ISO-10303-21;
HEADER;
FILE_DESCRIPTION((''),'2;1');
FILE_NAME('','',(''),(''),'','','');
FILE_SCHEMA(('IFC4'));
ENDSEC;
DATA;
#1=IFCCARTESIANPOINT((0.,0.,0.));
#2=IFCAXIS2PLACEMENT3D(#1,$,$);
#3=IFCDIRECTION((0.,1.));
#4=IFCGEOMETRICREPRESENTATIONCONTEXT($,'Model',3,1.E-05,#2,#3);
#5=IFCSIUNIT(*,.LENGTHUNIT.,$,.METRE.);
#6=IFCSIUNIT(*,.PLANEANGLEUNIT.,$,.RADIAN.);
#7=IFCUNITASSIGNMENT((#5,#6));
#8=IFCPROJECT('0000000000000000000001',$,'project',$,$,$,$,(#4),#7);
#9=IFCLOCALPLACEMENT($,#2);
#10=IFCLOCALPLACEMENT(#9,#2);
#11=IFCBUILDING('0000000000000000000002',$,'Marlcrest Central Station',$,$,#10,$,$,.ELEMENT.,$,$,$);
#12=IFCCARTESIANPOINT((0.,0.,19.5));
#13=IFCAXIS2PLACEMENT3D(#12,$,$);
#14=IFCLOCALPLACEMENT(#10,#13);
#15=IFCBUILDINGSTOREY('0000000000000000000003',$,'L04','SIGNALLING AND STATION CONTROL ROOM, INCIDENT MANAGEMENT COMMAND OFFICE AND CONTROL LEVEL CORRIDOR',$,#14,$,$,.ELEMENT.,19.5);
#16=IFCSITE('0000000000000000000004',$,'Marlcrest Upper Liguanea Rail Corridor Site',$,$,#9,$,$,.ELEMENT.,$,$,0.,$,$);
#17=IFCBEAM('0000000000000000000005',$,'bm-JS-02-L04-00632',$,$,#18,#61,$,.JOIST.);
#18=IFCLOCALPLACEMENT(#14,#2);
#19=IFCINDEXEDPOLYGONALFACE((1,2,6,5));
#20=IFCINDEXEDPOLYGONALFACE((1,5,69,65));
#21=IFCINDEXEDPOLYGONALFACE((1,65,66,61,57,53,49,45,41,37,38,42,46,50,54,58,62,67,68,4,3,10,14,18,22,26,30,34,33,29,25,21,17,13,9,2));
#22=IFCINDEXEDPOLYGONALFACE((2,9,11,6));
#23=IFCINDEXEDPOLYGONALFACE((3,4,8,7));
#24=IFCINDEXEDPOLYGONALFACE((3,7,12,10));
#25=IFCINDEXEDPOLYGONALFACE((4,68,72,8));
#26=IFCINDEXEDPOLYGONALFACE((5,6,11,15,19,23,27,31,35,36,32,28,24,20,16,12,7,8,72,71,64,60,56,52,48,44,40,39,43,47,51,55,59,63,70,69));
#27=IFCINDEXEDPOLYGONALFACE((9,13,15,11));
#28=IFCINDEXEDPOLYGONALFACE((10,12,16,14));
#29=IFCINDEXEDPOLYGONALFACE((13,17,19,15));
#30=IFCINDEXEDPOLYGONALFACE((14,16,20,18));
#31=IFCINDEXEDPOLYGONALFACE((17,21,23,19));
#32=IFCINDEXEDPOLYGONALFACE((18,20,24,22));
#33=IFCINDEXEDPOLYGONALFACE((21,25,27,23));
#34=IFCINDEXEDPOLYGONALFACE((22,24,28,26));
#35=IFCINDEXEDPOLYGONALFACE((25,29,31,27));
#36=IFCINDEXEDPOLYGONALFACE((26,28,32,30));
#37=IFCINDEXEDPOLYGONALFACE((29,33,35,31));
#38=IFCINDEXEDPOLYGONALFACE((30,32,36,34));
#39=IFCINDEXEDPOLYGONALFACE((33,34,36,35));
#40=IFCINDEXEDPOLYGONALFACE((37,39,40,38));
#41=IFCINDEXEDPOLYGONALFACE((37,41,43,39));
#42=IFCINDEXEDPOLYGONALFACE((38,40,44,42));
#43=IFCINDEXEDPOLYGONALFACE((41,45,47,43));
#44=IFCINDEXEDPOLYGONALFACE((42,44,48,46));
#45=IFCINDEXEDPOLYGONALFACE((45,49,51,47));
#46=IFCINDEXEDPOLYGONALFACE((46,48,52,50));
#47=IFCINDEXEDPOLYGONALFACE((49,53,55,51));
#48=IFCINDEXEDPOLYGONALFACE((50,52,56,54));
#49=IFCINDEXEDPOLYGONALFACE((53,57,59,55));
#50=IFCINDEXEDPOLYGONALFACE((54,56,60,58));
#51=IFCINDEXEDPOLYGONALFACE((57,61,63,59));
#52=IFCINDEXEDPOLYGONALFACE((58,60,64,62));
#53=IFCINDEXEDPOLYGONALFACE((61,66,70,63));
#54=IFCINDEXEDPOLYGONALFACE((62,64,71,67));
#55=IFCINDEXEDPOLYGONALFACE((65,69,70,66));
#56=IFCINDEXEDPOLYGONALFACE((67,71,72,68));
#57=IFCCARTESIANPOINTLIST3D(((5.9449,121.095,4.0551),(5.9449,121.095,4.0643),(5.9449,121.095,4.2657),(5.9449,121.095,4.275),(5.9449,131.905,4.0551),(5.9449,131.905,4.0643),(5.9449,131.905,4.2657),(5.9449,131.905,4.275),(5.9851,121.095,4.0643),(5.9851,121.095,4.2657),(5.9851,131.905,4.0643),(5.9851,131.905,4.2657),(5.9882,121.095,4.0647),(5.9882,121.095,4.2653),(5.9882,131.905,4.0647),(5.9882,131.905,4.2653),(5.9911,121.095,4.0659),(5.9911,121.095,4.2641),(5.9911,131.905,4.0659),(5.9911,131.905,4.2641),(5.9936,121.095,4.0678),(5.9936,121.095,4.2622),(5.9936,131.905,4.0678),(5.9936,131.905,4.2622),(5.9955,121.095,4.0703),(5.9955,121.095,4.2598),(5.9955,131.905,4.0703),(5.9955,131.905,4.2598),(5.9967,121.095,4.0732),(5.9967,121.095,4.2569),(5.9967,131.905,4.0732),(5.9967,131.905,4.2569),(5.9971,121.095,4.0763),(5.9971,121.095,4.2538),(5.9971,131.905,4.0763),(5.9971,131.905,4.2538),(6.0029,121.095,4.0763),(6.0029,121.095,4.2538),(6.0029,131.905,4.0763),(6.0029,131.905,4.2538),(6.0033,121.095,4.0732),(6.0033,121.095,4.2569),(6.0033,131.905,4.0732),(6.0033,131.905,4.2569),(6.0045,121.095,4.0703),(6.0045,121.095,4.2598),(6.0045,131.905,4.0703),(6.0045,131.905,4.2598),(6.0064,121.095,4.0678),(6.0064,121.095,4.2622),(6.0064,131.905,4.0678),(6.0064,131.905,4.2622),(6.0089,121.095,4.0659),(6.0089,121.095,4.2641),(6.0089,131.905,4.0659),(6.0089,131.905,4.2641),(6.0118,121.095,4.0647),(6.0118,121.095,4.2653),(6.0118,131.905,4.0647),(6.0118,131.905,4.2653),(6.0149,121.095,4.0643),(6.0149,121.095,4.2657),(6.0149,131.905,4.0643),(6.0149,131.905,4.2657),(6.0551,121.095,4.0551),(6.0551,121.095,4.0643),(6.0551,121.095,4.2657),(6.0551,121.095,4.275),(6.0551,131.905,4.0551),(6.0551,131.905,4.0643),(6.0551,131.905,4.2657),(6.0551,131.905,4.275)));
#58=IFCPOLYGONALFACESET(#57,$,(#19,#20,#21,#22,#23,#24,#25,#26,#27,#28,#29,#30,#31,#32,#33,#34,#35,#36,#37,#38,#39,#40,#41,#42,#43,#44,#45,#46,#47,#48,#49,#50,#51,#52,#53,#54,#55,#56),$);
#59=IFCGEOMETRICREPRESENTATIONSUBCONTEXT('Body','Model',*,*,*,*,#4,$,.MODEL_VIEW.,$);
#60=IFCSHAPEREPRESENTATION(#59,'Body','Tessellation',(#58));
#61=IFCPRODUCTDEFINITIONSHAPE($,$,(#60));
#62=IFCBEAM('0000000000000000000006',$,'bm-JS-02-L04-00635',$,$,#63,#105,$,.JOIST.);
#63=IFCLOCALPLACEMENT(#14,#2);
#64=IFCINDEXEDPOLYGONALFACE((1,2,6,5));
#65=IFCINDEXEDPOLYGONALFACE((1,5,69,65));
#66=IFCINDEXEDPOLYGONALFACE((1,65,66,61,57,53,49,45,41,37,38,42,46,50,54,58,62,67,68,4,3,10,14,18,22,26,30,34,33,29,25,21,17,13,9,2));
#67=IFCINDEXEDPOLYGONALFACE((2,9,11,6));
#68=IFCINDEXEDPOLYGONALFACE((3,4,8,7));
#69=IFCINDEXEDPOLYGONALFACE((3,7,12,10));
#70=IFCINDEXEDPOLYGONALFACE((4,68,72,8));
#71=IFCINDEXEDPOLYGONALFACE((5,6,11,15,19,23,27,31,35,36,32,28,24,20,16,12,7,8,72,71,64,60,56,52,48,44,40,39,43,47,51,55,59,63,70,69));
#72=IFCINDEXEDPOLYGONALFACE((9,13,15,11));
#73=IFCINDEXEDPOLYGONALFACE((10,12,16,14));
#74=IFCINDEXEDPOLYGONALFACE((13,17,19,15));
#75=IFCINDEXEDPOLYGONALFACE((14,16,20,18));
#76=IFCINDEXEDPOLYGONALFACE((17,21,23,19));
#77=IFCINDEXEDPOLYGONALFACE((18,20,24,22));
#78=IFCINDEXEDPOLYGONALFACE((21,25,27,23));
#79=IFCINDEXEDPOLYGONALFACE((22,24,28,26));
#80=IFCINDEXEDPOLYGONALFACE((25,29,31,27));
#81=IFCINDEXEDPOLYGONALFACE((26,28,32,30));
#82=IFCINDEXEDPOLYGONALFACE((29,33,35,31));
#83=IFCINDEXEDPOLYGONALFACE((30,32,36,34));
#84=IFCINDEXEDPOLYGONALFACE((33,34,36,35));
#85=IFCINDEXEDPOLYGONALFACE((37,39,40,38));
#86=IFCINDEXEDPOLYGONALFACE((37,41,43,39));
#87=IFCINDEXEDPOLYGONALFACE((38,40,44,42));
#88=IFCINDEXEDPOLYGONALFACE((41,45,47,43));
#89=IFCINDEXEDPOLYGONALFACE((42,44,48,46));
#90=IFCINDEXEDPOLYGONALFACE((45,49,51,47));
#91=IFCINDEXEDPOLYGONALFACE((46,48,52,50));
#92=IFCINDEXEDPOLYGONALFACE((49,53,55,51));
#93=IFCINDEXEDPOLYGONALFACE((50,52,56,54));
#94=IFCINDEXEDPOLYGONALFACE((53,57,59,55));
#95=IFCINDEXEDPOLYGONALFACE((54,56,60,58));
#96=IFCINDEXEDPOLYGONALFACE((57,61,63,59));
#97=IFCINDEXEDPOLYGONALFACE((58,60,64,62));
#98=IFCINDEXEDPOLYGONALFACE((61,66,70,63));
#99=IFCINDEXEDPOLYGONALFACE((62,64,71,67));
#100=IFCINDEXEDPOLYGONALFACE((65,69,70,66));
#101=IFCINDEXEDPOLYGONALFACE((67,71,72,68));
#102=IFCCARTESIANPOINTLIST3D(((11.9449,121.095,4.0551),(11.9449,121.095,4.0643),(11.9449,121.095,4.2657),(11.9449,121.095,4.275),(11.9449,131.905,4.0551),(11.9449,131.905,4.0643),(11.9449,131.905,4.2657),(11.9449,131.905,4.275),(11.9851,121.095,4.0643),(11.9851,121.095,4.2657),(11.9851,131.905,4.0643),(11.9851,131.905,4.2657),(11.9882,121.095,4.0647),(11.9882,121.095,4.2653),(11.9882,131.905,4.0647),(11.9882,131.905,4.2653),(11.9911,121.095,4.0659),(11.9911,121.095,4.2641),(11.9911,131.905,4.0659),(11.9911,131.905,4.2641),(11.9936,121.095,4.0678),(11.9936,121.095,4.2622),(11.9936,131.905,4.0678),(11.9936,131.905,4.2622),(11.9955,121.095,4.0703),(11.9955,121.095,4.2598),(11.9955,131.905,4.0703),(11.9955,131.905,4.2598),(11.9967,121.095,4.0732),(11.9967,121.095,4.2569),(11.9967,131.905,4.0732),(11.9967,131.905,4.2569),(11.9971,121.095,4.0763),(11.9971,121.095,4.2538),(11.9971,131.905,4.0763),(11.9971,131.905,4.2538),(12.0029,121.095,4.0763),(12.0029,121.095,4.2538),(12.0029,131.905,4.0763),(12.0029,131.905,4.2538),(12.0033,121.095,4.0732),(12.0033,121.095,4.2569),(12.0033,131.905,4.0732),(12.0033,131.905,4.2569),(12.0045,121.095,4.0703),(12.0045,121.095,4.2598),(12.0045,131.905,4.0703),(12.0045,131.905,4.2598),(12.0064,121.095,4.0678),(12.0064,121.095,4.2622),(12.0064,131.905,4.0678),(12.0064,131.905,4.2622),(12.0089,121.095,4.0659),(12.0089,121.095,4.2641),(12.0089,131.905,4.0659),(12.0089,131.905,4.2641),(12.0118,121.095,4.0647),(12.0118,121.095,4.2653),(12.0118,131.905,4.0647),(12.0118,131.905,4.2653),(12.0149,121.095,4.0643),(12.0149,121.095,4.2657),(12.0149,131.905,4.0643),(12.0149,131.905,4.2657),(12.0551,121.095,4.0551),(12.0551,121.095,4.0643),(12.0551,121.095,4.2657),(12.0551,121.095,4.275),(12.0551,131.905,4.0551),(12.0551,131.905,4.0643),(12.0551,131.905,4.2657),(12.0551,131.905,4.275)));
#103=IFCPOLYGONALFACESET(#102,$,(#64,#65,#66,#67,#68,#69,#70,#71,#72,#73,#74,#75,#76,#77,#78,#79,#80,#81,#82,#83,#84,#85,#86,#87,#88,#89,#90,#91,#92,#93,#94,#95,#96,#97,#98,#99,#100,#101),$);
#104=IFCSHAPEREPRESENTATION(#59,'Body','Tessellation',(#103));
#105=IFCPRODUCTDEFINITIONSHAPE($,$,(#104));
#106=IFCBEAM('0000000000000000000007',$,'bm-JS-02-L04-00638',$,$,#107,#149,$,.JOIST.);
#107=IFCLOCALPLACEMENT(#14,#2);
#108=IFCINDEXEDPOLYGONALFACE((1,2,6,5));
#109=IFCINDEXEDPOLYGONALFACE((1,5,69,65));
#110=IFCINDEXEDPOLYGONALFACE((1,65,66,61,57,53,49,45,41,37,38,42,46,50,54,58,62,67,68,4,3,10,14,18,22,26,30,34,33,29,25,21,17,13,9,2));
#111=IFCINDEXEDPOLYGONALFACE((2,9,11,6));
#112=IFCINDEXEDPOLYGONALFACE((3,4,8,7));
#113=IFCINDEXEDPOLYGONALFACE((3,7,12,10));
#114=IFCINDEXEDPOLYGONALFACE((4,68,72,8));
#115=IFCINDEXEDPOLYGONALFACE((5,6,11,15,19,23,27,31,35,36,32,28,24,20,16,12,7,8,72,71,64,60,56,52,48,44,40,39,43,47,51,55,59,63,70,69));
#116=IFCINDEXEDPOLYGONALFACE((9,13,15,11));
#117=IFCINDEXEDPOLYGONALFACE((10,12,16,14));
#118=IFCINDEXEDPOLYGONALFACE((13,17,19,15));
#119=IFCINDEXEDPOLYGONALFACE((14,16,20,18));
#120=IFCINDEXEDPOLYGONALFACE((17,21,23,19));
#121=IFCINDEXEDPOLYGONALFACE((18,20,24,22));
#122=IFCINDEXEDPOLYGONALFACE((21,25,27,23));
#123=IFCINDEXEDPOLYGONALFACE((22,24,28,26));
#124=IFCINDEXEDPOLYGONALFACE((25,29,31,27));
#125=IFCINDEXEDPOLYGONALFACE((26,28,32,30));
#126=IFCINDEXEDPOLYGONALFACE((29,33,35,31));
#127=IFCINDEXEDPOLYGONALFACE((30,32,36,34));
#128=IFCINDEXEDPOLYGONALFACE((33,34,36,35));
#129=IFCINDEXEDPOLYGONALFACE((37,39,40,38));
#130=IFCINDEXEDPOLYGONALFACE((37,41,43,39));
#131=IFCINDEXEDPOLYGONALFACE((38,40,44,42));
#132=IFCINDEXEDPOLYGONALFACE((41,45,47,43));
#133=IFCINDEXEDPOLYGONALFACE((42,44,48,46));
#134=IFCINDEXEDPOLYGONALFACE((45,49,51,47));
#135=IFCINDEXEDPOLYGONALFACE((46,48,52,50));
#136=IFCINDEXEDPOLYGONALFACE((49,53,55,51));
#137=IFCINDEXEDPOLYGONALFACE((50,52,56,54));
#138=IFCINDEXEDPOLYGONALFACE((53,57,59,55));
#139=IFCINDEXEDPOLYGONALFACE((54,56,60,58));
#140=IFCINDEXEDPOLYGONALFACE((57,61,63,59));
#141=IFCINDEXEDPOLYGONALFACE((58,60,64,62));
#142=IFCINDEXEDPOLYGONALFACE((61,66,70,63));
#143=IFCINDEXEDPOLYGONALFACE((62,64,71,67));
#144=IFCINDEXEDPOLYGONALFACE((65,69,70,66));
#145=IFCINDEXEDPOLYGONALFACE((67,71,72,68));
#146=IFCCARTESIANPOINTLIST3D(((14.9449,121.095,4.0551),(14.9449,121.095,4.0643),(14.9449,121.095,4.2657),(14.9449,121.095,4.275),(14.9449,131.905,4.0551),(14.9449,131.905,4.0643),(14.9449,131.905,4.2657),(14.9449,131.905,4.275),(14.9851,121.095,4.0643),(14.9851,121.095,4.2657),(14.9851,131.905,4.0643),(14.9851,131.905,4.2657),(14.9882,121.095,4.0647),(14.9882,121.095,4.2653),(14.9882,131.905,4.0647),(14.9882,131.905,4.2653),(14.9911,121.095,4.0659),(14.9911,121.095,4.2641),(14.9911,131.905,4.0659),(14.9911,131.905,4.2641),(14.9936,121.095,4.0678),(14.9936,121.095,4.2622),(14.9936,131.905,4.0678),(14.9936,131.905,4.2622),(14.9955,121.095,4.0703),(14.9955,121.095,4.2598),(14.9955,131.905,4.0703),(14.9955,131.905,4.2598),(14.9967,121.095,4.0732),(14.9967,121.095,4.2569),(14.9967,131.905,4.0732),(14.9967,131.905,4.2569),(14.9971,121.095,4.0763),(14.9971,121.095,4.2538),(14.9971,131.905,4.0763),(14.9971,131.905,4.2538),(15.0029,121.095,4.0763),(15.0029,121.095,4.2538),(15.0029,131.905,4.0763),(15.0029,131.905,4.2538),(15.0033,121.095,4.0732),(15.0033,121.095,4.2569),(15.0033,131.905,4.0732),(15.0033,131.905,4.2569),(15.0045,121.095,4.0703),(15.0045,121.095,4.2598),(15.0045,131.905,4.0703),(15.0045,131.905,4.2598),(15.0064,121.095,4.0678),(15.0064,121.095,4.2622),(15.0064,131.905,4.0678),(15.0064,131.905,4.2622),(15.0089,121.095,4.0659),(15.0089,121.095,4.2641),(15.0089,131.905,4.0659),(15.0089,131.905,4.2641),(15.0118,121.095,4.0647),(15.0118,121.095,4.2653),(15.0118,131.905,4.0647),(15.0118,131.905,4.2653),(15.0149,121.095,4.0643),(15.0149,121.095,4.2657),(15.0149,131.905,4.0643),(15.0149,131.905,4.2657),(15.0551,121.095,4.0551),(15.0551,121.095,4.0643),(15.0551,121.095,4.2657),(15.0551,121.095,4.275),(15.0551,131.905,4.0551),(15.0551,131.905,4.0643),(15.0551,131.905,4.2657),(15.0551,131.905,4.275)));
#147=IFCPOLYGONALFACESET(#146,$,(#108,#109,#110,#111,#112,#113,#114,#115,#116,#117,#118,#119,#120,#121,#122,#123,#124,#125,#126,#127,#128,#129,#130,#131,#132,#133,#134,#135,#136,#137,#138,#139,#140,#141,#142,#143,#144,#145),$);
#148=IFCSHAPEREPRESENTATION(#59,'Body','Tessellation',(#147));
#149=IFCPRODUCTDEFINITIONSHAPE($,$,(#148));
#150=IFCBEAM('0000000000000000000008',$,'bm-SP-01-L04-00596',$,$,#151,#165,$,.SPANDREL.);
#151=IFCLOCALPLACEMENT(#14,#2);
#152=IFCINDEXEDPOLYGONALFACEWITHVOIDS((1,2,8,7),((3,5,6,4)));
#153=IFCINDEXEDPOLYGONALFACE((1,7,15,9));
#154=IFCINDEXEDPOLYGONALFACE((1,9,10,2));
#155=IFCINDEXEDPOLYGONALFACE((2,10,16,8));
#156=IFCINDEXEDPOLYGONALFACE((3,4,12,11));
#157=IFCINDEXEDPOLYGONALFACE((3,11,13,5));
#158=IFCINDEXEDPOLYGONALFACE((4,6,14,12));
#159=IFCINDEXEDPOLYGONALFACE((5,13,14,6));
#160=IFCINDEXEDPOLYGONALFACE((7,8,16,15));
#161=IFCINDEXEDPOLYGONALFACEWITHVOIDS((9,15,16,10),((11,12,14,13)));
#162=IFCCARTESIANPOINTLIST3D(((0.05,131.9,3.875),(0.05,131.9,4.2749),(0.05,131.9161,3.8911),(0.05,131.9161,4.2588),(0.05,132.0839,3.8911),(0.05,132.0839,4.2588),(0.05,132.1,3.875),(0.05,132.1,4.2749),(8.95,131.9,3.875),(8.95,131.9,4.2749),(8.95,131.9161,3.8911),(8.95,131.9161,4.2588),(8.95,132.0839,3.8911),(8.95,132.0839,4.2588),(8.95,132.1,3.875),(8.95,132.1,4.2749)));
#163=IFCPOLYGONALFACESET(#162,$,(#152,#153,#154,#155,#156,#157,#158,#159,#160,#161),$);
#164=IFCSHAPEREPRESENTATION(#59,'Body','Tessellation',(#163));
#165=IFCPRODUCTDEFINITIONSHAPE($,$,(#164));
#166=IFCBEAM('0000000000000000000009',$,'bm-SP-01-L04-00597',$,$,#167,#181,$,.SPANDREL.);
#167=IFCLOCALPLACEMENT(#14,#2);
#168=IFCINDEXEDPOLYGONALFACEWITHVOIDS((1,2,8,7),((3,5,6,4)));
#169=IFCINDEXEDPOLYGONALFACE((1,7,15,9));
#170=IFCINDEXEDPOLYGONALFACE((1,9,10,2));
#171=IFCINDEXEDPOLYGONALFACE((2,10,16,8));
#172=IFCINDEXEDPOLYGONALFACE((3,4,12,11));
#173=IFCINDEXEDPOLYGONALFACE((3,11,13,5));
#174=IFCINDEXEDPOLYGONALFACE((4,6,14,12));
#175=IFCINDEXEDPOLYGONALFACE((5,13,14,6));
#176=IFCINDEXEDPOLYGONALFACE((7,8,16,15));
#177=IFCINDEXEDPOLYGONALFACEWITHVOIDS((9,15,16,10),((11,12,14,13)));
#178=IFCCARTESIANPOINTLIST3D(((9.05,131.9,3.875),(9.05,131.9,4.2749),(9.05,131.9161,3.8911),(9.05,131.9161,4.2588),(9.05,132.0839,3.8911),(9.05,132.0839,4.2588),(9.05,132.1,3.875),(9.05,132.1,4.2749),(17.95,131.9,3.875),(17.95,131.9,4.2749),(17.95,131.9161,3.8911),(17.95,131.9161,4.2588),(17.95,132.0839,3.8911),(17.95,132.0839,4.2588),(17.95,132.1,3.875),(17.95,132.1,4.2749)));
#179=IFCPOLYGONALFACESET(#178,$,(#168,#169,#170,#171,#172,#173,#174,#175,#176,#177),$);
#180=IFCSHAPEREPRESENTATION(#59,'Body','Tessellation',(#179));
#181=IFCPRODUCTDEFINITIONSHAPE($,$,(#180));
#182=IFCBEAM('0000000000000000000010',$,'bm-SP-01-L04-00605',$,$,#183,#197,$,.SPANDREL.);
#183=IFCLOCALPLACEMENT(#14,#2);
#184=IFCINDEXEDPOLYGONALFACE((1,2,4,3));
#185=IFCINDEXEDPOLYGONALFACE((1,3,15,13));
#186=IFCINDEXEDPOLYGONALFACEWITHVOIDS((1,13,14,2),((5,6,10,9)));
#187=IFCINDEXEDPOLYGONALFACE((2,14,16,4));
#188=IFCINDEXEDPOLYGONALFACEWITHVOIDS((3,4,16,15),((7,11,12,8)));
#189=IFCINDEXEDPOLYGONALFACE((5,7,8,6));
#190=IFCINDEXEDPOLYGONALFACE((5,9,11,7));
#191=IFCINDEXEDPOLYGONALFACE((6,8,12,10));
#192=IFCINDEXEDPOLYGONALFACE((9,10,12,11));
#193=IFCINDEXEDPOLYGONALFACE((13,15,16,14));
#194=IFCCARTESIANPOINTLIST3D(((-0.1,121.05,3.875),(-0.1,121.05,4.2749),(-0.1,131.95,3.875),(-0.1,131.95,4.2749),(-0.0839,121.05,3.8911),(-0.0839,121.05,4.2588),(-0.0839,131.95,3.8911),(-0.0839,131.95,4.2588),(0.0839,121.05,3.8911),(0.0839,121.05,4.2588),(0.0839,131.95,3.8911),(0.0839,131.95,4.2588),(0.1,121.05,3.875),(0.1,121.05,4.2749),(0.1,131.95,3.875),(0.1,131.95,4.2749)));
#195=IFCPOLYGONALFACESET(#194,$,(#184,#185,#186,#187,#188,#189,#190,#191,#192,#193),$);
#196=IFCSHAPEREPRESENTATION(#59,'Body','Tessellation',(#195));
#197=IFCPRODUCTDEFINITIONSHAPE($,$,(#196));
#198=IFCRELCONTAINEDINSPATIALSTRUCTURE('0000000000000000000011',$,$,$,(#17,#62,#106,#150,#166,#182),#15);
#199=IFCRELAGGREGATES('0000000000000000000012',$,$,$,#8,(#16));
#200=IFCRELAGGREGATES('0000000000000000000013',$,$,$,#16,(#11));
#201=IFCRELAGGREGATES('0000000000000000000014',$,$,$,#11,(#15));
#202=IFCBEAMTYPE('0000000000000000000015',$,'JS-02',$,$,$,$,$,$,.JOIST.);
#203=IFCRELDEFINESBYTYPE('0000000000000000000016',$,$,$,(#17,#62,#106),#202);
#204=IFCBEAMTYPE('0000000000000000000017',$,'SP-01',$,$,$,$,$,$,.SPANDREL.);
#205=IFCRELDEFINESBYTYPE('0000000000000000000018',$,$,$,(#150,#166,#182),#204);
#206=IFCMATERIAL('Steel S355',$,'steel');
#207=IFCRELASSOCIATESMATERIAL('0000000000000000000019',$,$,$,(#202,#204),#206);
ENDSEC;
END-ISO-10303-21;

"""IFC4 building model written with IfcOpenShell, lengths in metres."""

from ifc_helpers import new_model, si_unit, direction, frame, origin, origin_2d, place, context, subcontext, project, spatial, hollow_rectangle, i_section, extrude, material, material_profile, profile_set, type_object, element, save


model = new_model("IFC4")

# Units and contexts
model_context = context("Model", 3, precision=1e-05, world=origin(), true_north=direction((0.0, 1.0)))
body_context = subcontext(model_context, "Body", "Model", "MODEL_VIEW")
ifc_project = project(units=[si_unit("LENGTHUNIT", "METRE"), si_unit("PLANEANGLEUNIT", "RADIAN")], contexts=[model_context])

# Site, building, storey
site_placement = place(None, origin())
site = spatial("IfcSite", under=ifc_project, at=site_placement, Name="Marlcrest Upper Liguanea Rail Corridor Site", CompositionType="ELEMENT", RefElevation=0.0)
building_placement = place(site_placement, origin())
building = spatial("IfcBuilding", under=site, at=building_placement, Name="Marlcrest Central Station", CompositionType="ELEMENT")
storey_placement = place(building_placement, frame((0.0, 0.0, 19.5)))
storey = spatial("IfcBuildingStorey", under=building, at=storey_placement, Name="L04", Description="SIGNALLING AND STATION CONTROL ROOM, INCIDENT MANAGEMENT COMMAND OFFICE AND CONTROL LEVEL CORRIDOR", CompositionType="ELEMENT", Elevation=19.5)

# Shared definitions
ifc_material_1 = material(Name="Steel S355", Category="steel")

# Beams
ifc_material_profile_1 = material_profile(ifc_material_1, i_section(OverallWidth=0.1101, OverallDepth=0.22, WebThickness=0.0059, FlangeThickness=0.0093, FilletRadius=0.012, at=origin_2d()), Name="IPE 220")
ifc_profile_set_1 = profile_set([ifc_material_profile_1], Name="Steel S355")
beam_type_1 = type_object("IfcBeamType", Name="JS-02", PredefinedType="JOIST", material=ifc_profile_set_1)
for number, where, z_axis, x_axis, name in (
    (1, (6.0, 121.095, 4.165), (0.0, 1.0, 0.0), (-1.0, 0.0, 0.0), "bm-JS-02-L04-00632"),
    (2, (12.0, 121.095, 4.165), (0.0, 1.0, 0.0), (-1.0, 0.0, 0.0), "bm-JS-02-L04-00635"),
    (3, (15.0, 121.095, 4.165), (0.0, 1.0, 0.0), (-1.0, 0.0, 0.0), "bm-JS-02-L04-00638"),
):
    element("IfcBeam", number, at=place(storey_placement, frame(where, z_axis=z_axis, x_axis=x_axis)), inside=storey, type_object=beam_type_1, Name=name, PredefinedType="JOIST", context=body_context, shape_type="SweptSolid", body=[
        extrude(i_section(OverallWidth=0.1101, OverallDepth=0.22, WebThickness=0.0059, FlangeThickness=0.0093, FilletRadius=0.012, at=origin_2d()), origin(), (0.0, 0.0, 1.0), 10.8101),
    ])
ifc_material_profile_2 = material_profile(ifc_material_1, hollow_rectangle(XDim=0.2, YDim=0.3999, WallThickness=0.0161, at=origin_2d()), Name="RHS 400x200x16")
ifc_profile_set_2 = profile_set([ifc_material_profile_2], Name="Steel S355")
beam_type_2 = type_object("IfcBeamType", Name="SP-01", PredefinedType="SPANDREL", material=ifc_profile_set_2)
for number, where, z_axis, x_axis, name in (
    (4, (0.05, 132.0, 4.075), (1.0, 0.0, 0.0), (0.0, 1.0, 0.0), "bm-SP-01-L04-00596"),
    (5, (9.05, 132.0, 4.075), (1.0, 0.0, 0.0), (0.0, 1.0, 0.0), "bm-SP-01-L04-00597"),
):
    element("IfcBeam", number, at=place(storey_placement, frame(where, z_axis=z_axis, x_axis=x_axis)), inside=storey, type_object=beam_type_2, Name=name, PredefinedType="SPANDREL", context=body_context, shape_type="SweptSolid", body=[
        extrude(hollow_rectangle(XDim=0.2, YDim=0.3999, WallThickness=0.0161, at=origin_2d()), origin(), (0.0, 0.0, 1.0), 8.8999),
    ])
beam_1_placement = place(storey_placement, frame((0.0, 121.05, 4.075), z_axis=(0.0, 1.0, 0.0), x_axis=(-1.0, 0.0, 0.0)))
element("IfcBeam", 6, at=beam_1_placement, inside=storey, type_object=beam_type_2, Name="bm-SP-01-L04-00605", PredefinedType="SPANDREL", context=body_context, shape_type="SweptSolid", body=[
    extrude(hollow_rectangle(XDim=0.2, YDim=0.3999, WallThickness=0.0161, at=origin_2d()), origin(), (0.0, 0.0, 1.0), 10.8999),
])

save(model, "model.ifc")
